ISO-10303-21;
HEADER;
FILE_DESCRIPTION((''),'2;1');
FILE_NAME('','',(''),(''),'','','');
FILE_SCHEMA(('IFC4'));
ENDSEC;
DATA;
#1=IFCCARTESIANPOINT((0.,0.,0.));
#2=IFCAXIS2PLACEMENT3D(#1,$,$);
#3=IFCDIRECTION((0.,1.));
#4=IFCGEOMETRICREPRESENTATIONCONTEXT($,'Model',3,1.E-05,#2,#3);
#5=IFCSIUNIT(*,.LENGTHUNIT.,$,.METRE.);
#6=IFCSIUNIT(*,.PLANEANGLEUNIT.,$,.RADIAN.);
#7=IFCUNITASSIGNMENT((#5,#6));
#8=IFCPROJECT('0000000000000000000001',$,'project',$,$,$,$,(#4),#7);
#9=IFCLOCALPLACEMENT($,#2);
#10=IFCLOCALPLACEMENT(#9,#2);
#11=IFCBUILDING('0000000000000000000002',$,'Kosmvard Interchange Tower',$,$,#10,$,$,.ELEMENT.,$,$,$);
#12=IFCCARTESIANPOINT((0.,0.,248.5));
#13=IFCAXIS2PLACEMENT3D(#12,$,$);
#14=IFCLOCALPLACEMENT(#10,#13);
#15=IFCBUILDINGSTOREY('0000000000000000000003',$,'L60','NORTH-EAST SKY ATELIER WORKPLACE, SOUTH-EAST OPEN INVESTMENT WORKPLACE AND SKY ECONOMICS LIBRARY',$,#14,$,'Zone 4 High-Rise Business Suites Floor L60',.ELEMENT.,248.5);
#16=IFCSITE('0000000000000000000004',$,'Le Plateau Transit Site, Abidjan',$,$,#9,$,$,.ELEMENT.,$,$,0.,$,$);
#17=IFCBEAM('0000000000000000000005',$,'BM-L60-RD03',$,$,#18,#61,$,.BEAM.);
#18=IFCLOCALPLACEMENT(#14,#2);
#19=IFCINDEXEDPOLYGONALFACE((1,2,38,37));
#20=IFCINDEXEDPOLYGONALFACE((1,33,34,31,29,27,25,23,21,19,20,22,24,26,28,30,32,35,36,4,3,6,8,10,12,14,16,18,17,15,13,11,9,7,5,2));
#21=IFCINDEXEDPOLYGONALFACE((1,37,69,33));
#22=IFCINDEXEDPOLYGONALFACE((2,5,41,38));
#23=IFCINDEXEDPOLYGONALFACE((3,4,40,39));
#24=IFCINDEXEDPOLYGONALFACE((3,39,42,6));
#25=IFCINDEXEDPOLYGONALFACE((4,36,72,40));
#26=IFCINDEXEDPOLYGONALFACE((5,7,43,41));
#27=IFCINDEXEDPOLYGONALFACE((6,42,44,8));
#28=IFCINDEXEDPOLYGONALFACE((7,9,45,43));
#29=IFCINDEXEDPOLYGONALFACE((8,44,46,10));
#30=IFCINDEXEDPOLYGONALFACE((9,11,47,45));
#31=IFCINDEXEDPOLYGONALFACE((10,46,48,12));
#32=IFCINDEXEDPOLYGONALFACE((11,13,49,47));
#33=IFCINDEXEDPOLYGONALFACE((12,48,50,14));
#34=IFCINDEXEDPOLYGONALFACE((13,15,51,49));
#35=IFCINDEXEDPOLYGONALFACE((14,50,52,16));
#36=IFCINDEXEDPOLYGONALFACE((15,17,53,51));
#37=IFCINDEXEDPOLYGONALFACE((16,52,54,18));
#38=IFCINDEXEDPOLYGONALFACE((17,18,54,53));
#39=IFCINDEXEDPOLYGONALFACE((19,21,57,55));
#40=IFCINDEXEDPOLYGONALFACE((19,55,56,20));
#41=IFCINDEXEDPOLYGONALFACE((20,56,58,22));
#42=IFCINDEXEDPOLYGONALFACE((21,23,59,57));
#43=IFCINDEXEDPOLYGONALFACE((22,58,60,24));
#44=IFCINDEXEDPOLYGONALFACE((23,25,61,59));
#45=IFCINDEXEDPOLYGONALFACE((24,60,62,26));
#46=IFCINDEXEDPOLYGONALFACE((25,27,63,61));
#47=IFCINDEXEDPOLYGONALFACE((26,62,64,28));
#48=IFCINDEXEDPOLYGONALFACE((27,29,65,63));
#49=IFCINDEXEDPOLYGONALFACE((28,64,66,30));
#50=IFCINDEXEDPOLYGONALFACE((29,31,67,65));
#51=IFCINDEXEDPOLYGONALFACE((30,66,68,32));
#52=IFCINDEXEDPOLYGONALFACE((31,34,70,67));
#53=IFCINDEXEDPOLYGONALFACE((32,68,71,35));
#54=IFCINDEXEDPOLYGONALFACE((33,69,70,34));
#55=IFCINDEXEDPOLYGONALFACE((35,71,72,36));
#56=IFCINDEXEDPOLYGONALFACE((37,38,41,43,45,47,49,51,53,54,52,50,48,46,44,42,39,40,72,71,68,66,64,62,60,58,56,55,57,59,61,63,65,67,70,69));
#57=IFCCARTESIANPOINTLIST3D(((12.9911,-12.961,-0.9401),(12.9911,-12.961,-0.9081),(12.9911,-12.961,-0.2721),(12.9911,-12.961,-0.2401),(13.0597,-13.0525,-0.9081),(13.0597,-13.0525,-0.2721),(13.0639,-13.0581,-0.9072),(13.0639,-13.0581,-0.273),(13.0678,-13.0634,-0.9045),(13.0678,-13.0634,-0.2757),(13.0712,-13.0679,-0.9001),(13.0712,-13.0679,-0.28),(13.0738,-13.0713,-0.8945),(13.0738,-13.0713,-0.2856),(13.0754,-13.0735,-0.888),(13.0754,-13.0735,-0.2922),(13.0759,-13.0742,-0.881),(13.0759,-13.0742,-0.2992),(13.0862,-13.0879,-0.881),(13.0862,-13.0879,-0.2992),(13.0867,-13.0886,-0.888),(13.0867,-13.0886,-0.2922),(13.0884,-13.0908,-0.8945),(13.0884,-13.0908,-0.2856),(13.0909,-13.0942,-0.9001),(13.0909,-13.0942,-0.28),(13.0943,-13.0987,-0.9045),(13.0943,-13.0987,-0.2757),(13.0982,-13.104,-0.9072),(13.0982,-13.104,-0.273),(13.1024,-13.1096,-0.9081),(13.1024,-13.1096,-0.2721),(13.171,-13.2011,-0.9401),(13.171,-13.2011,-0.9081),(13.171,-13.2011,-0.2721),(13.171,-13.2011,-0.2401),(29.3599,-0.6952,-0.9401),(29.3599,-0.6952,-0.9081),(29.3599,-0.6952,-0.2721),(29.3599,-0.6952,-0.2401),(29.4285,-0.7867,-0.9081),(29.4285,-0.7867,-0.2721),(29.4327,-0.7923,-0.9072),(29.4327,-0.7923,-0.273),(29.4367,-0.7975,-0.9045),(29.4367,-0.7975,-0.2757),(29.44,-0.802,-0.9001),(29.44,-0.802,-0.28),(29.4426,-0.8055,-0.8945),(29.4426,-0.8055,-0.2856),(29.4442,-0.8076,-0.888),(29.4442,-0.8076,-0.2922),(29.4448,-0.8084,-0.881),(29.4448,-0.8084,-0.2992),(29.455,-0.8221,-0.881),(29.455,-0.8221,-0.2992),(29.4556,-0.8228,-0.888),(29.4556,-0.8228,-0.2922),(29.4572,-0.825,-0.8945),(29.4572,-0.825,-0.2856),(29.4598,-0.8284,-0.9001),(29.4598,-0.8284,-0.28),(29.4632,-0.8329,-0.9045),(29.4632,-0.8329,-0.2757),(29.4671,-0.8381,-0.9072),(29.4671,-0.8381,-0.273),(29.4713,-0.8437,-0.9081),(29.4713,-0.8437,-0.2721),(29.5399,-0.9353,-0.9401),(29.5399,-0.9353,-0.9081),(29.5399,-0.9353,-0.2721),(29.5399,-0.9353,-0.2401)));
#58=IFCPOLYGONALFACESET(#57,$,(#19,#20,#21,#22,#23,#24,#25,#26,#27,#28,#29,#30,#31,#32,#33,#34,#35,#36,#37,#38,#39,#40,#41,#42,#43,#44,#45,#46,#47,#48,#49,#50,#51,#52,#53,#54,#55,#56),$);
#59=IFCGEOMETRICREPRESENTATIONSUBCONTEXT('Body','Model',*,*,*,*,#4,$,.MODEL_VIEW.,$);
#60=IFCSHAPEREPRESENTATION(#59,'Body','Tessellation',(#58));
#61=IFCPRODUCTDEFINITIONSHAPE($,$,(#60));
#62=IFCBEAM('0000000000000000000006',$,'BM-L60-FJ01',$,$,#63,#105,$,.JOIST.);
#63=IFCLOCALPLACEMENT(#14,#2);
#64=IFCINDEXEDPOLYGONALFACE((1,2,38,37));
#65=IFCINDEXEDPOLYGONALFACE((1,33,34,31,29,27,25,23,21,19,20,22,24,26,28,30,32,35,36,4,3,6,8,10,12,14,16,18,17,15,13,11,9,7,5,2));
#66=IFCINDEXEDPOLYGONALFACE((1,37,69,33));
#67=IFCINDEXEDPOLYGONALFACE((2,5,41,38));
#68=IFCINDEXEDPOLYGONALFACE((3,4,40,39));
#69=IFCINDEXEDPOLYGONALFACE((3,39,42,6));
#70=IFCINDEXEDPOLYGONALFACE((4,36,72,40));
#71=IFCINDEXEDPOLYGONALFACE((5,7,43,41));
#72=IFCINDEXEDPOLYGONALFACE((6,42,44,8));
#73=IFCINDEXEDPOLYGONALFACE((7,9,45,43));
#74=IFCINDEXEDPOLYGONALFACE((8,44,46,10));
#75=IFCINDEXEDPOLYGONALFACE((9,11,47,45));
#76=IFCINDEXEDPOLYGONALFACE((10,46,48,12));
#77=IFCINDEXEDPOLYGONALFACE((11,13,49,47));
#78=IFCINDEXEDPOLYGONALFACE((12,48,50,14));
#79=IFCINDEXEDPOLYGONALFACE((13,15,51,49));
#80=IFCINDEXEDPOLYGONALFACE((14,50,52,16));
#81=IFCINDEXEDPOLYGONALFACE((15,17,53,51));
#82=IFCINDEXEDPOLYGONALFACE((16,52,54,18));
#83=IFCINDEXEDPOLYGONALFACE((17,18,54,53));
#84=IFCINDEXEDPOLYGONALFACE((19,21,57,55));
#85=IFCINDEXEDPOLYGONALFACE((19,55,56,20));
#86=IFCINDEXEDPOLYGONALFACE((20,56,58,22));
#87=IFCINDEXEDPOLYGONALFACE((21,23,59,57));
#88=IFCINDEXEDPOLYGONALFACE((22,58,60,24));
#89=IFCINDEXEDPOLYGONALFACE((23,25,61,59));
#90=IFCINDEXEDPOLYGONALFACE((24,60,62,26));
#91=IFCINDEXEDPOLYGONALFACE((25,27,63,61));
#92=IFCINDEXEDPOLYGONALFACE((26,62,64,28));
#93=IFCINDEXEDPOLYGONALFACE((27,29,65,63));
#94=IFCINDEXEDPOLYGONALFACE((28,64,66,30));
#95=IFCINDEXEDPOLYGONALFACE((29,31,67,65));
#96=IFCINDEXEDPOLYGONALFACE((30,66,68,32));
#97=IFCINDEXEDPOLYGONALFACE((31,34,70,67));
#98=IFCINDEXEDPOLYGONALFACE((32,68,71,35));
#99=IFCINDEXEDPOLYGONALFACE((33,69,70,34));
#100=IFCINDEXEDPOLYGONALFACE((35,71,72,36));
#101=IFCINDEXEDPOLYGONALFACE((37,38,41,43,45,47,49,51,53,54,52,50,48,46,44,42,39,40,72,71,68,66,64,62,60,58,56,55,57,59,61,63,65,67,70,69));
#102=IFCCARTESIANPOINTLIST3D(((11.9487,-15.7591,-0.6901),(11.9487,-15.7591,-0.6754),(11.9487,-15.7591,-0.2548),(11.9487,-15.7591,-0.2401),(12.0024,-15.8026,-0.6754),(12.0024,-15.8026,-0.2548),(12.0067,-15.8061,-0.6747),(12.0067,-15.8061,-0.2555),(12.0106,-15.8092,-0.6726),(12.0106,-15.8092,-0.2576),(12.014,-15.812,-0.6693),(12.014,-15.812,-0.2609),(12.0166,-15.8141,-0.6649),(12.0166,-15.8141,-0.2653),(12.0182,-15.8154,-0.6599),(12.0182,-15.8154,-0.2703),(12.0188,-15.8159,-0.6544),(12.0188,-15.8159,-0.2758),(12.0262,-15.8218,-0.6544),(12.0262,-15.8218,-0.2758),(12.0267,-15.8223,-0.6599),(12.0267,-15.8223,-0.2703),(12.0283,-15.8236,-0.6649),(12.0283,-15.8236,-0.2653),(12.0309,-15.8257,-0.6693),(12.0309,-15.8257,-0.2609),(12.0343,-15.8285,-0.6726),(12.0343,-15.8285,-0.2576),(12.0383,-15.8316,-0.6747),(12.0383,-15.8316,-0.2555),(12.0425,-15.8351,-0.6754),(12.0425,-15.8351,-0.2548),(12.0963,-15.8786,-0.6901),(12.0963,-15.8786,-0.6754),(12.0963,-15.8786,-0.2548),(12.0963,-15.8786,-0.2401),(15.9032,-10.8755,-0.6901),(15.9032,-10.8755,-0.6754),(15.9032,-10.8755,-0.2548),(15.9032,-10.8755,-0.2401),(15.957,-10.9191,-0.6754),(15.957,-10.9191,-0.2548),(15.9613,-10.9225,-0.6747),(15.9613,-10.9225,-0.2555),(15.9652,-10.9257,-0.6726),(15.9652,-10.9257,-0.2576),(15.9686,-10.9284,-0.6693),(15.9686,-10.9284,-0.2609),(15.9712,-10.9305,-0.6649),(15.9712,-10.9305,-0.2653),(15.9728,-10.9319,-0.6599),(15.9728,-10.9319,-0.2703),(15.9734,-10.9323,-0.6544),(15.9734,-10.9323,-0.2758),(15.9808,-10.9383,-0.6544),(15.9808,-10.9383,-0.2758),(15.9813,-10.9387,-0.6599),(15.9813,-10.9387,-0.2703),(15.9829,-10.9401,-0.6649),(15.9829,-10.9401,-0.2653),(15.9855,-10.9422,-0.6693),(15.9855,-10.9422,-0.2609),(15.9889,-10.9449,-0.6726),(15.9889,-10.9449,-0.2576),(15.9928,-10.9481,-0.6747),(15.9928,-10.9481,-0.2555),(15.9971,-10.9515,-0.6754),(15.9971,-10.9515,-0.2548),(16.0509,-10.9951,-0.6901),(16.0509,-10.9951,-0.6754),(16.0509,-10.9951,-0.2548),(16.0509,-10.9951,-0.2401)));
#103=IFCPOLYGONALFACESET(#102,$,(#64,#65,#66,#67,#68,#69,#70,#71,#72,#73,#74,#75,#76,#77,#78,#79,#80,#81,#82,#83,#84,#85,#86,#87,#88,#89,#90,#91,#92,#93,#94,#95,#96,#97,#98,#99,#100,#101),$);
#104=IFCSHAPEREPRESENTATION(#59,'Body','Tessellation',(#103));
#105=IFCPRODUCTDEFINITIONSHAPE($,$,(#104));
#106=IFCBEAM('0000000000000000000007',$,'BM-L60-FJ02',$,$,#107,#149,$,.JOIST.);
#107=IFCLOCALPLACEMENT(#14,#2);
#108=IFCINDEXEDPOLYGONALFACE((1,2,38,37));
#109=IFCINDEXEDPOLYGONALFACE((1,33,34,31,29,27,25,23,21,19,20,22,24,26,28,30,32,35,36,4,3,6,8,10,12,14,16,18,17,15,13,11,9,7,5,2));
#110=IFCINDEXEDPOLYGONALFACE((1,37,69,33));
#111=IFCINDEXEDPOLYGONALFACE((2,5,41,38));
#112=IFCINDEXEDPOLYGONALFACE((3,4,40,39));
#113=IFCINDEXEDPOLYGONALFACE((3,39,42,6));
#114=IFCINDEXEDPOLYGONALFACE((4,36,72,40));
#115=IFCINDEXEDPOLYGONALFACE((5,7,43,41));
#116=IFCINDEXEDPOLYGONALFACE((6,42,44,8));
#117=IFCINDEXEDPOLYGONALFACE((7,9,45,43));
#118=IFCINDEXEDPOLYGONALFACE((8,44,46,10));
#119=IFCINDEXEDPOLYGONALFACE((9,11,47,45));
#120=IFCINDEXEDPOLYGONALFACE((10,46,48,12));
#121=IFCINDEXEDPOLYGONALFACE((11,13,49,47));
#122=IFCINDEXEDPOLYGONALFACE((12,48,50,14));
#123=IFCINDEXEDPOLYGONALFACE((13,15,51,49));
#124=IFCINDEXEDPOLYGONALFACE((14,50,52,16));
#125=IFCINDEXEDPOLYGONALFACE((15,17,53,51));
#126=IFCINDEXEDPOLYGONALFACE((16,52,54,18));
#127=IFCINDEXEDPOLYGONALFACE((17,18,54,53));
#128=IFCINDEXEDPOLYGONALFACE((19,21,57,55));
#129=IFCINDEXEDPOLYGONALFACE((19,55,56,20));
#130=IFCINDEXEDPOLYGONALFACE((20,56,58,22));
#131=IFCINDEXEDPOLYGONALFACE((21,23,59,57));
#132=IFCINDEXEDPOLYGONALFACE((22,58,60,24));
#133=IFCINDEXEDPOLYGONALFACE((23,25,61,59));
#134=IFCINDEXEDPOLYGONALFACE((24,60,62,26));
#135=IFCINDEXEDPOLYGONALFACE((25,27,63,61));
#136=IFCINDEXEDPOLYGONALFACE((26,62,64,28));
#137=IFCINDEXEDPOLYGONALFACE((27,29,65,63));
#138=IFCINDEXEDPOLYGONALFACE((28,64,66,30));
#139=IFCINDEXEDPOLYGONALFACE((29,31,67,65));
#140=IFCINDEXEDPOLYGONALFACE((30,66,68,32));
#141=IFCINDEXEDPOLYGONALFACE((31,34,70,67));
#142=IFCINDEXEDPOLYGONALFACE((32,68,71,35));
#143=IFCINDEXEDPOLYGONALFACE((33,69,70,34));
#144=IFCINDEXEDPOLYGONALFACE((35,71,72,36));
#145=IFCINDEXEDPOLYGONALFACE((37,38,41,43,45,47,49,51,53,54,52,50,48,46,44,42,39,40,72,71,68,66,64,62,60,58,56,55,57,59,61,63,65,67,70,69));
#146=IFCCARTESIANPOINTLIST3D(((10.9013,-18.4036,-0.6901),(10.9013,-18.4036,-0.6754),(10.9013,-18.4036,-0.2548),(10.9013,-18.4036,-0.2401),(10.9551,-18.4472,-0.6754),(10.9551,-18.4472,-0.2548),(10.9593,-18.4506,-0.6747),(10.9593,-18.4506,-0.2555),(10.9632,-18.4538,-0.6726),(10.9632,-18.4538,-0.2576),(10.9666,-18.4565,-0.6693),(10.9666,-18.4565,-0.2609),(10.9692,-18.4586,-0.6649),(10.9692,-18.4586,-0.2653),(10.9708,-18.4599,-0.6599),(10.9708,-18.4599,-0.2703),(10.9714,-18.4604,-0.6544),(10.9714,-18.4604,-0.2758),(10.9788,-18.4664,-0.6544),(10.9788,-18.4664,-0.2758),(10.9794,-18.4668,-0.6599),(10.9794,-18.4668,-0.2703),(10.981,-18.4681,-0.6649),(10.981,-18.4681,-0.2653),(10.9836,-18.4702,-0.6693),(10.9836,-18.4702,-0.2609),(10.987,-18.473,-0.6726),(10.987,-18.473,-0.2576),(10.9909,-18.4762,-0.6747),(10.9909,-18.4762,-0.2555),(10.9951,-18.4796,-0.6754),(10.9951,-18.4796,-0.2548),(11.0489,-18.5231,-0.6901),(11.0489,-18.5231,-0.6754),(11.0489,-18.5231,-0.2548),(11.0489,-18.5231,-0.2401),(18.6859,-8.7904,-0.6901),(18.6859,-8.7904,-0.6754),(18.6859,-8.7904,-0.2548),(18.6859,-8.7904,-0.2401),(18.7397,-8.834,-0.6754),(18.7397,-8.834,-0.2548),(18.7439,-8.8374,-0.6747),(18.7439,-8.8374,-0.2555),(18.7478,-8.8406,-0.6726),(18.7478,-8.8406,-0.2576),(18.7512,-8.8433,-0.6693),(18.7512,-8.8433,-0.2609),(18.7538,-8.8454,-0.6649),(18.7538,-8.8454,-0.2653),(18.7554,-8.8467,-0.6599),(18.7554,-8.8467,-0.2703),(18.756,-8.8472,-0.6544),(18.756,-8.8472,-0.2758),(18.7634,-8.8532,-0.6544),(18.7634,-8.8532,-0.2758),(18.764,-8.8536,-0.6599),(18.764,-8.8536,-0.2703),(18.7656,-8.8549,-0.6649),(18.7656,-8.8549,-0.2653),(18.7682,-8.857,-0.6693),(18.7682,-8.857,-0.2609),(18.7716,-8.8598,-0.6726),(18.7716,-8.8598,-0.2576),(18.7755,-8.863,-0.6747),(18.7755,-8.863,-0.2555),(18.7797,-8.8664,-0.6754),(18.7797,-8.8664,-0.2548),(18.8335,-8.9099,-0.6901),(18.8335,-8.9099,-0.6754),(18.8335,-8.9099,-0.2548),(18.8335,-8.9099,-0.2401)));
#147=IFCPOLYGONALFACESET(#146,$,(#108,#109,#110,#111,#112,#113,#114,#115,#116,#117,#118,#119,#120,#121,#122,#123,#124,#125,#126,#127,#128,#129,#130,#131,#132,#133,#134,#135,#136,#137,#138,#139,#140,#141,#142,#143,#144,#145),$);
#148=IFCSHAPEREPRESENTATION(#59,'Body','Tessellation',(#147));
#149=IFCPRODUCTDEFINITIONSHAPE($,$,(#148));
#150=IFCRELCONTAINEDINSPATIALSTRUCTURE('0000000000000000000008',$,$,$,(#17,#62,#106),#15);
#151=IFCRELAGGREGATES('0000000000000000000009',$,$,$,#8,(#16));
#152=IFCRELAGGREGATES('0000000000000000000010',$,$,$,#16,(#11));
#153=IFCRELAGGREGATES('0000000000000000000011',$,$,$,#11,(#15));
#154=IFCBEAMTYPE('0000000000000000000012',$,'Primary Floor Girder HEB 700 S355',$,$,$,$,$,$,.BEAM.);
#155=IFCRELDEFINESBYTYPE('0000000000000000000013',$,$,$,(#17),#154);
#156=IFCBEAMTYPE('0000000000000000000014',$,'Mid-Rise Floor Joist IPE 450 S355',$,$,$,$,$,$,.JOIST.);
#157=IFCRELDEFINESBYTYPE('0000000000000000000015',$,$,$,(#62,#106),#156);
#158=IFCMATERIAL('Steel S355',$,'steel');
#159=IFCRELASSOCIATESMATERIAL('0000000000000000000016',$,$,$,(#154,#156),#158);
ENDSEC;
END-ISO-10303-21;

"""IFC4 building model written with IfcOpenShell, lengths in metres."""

from ifc_helpers import new_model, si_unit, direction, frame, origin, origin_2d, place, context, subcontext, project, spatial, i_section, extrude, source, transform, mapped, material, material_profile, profile_set, type_object, element, save


model = new_model("IFC4")

# Units and contexts
model_context = context("Model", 3, precision=1e-05, world=origin(), true_north=direction((0.0, 1.0)))
body_context = subcontext(model_context, "Body", "Model", "MODEL_VIEW")
ifc_project = project(units=[si_unit("LENGTHUNIT", "METRE"), si_unit("PLANEANGLEUNIT", "RADIAN")], contexts=[model_context])

# Site, building, storey
site_placement = place(None, origin())
site = spatial("IfcSite", under=ifc_project, at=site_placement, Name="Le Plateau Transit Site, Abidjan", CompositionType="ELEMENT", RefElevation=0.0)
building_placement = place(site_placement, origin())
building = spatial("IfcBuilding", under=site, at=building_placement, Name="Kosmvard Interchange Tower", CompositionType="ELEMENT")
storey_placement = place(building_placement, frame((0.0, 0.0, 248.5)))
storey = spatial("IfcBuildingStorey", under=building, at=storey_placement, Name="L60", Description="NORTH-EAST SKY ATELIER WORKPLACE, SOUTH-EAST OPEN INVESTMENT WORKPLACE AND SKY ECONOMICS LIBRARY", LongName="Zone 4 High-Rise Business Suites Floor L60", CompositionType="ELEMENT", Elevation=248.5)

# Beams
ifc_material_1 = material(Name="Steel S355", Category="steel")
ifc_material_profile_1 = material_profile(ifc_material_1, i_section(OverallWidth=0.3, OverallDepth=0.7, WebThickness=0.0171, FlangeThickness=0.032, FilletRadius=0.0271, at=origin_2d()), Name="HEB 700")
ifc_profile_set_1 = profile_set([ifc_material_profile_1], Name="Steel S355")
beam_type_1 = type_object("IfcBeamType", Name="Primary Floor Girder HEB 700 S355", PredefinedType="BEAM", material=ifc_profile_set_1)
shared_shape_1 = source(origin(), body_context, "Body", "SweptSolid", [
    extrude(i_section(OverallWidth=0.3, OverallDepth=0.7, WebThickness=0.0171, FlangeThickness=0.032, FilletRadius=0.0271, at=origin_2d()), origin(), (0.0, 0.0, 1.0), 20.4546),
])
beam_1_placement = place(storey_placement, frame((13.0811, -13.0811, -0.5901), z_axis=(0.800253, 0.599662, 0.0), x_axis=(-0.599662, 0.800253, 0.0)))
element("IfcBeam", 1, at=beam_1_placement, inside=storey, type_object=beam_type_1, Name="BM-L60-RD03", PredefinedType="BEAM", context=body_context, shape_type="MappedRepresentation", body=[
    mapped(shared_shape_1, transform((0.0, 0.0, 0.0), scale=1.0)),
])
ifc_material_profile_2 = material_profile(ifc_material_1, i_section(OverallWidth=0.1899, OverallDepth=0.45, WebThickness=0.0095, FlangeThickness=0.0146, FilletRadius=0.021, at=origin_2d()), Name="IPE 450")
ifc_profile_set_2 = profile_set([ifc_material_profile_2], Name="Steel S355")
beam_type_2 = type_object("IfcBeamType", Name="Mid-Rise Floor Joist IPE 450 S355", PredefinedType="JOIST", material=ifc_profile_set_2)
shared_shape_2 = source(origin(), body_context, "Body", "SweptSolid", [
    extrude(i_section(OverallWidth=0.1899, OverallDepth=0.45, WebThickness=0.0095, FlangeThickness=0.0146, FilletRadius=0.021, at=origin_2d()), origin(), (0.0, 0.0, 1.0), 6.2839),
])
beam_2_placement = place(storey_placement, frame((12.0225, -15.8188, -0.4651), z_axis=(0.629318, 0.777148, 0.0), x_axis=(-0.777148, 0.629318, 0.0)))
element("IfcBeam", 2, at=beam_2_placement, inside=storey, type_object=beam_type_2, Name="BM-L60-FJ01", PredefinedType="JOIST", context=body_context, shape_type="MappedRepresentation", body=[
    mapped(shared_shape_2, transform((0.0, 0.0, 0.0), scale=1.0)),
])
shared_shape_3 = source(origin(), body_context, "Body", "SweptSolid", [
    extrude(i_section(OverallWidth=0.1899, OverallDepth=0.45, WebThickness=0.0095, FlangeThickness=0.0146, FilletRadius=0.021, at=origin_2d()), origin(), (0.0, 0.0, 1.0), 12.3699),
])
beam_3_placement = place(storey_placement, frame((10.9751, -18.4634, -0.4651), z_axis=(0.62932, 0.777147, 0.0), x_axis=(-0.777147, 0.62932, 0.0)))
element("IfcBeam", 3, at=beam_3_placement, inside=storey, type_object=beam_type_2, Name="BM-L60-FJ02", PredefinedType="JOIST", context=body_context, shape_type="MappedRepresentation", body=[
    mapped(shared_shape_3, transform((0.0, 0.0, 0.0), scale=1.0)),
])

save(model, "model.ifc")
